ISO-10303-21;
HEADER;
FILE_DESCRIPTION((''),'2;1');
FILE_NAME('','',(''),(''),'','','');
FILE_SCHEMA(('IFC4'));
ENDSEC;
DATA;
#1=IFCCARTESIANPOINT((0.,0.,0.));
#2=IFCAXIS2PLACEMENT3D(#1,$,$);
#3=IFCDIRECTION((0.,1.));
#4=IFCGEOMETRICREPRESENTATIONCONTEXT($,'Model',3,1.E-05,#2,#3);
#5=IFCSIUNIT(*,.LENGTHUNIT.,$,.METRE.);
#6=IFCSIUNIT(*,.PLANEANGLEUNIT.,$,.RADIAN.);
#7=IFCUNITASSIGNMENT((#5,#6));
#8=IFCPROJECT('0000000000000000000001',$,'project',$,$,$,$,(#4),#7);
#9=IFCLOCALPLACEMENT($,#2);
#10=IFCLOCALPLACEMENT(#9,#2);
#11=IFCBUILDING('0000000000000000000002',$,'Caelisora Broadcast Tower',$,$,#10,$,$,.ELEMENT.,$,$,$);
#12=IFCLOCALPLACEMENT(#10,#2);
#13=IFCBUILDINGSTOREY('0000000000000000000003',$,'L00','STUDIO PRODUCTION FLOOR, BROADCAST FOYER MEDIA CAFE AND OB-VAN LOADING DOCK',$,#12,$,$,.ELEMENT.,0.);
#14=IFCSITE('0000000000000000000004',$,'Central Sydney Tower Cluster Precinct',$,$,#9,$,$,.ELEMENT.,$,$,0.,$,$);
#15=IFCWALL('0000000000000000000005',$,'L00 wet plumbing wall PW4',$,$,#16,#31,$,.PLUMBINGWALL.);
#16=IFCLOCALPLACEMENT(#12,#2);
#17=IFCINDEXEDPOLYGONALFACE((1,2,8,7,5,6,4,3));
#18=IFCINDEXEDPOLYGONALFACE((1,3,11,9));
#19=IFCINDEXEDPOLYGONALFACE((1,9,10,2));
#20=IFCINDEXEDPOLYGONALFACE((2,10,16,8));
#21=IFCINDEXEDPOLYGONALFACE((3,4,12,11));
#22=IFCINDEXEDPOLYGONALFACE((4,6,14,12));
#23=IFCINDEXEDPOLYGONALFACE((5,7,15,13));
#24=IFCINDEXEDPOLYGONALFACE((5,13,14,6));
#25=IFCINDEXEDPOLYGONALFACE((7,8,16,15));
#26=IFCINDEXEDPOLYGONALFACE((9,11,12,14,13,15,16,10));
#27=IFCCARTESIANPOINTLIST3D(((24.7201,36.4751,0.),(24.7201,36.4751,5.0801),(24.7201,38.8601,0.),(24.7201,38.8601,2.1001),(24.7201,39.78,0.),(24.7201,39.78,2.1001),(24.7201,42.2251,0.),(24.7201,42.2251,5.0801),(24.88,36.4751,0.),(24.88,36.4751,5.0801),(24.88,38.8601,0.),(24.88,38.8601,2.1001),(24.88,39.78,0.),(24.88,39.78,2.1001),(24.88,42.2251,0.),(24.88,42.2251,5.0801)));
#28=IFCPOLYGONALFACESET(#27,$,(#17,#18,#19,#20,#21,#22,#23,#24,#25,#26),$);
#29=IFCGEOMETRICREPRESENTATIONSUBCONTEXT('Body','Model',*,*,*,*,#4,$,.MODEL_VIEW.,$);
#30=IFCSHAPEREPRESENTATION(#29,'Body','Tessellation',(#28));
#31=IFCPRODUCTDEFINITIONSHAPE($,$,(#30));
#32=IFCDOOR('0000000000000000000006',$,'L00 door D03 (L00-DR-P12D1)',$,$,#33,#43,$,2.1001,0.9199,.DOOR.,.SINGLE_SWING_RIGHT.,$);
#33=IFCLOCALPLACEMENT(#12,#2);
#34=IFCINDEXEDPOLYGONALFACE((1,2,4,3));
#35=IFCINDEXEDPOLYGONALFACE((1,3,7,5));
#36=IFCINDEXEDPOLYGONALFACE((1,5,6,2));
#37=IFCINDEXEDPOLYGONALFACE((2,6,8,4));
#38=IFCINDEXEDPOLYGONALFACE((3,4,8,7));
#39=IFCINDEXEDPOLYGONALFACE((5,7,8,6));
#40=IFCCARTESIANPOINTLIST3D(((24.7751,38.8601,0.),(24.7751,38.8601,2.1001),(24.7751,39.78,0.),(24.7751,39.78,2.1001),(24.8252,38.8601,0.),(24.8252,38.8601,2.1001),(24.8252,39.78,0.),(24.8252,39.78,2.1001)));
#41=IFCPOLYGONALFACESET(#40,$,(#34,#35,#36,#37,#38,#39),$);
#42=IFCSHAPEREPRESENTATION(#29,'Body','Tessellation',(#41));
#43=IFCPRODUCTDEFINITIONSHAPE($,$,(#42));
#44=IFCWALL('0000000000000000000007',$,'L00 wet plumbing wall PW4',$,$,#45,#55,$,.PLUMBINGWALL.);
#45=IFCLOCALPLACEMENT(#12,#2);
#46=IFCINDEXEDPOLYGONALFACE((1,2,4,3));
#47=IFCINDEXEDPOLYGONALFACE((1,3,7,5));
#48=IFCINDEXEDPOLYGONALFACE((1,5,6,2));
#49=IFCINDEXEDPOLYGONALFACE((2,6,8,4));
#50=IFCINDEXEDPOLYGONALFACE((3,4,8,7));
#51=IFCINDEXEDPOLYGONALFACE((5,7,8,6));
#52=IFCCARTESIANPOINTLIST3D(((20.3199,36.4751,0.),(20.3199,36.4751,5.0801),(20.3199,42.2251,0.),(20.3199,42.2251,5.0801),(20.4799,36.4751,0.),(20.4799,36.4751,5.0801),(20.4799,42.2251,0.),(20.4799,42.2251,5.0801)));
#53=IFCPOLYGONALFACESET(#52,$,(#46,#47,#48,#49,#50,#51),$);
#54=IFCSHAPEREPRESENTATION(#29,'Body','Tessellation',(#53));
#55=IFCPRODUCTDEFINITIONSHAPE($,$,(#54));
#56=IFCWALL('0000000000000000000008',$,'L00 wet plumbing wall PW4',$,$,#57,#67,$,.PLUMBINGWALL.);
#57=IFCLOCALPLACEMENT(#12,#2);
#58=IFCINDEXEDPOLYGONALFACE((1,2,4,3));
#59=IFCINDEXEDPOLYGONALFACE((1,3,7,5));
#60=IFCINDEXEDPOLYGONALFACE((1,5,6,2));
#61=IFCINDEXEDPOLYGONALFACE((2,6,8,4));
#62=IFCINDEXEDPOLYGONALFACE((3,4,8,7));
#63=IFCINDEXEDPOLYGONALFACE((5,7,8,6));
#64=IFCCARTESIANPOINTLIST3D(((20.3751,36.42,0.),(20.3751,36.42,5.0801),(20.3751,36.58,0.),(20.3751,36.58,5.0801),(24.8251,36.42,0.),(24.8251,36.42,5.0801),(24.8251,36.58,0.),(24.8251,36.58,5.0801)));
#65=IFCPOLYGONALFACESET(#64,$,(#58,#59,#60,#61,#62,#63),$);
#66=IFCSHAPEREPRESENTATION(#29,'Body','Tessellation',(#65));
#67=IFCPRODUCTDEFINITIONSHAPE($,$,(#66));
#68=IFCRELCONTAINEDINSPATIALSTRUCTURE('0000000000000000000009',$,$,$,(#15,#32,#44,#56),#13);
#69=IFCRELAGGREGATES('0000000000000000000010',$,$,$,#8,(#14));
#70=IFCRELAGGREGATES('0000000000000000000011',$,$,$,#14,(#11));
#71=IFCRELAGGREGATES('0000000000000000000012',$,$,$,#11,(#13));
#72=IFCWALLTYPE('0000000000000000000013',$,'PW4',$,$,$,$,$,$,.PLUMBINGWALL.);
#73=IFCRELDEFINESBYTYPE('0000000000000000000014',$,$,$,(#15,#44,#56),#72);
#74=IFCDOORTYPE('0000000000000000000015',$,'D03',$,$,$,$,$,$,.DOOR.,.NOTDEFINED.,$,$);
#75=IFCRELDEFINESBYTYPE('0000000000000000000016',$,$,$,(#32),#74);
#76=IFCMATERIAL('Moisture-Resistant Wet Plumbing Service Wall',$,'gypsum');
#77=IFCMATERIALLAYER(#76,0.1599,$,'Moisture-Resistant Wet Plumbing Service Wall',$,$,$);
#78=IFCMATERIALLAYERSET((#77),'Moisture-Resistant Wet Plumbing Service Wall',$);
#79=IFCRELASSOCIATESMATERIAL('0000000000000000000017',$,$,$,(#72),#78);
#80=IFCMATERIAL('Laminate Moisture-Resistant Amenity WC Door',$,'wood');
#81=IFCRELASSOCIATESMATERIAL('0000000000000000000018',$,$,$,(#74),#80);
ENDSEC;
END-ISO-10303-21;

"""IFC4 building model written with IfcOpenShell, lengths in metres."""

from ifc_helpers import new_model, si_unit, direction, frame, frame_2d, origin, place, context, subcontext, project, spatial, rectangle, extrude, material, layer, layer_set, type_object, element, fill, save


model = new_model("IFC4")

# Units and contexts
model_context = context("Model", 3, precision=1e-05, world=origin(), true_north=direction((0.0, 1.0)))
body_context = subcontext(model_context, "Body", "Model", "MODEL_VIEW")
ifc_project = project(units=[si_unit("LENGTHUNIT", "METRE"), si_unit("PLANEANGLEUNIT", "RADIAN")], contexts=[model_context])

# Site, building, storey
site_placement = place(None, origin())
site = spatial("IfcSite", under=ifc_project, at=site_placement, Name="Central Sydney Tower Cluster Precinct", CompositionType="ELEMENT", RefElevation=0.0)
building_placement = place(site_placement, origin())
building = spatial("IfcBuilding", under=site, at=building_placement, Name="Caelisora Broadcast Tower", CompositionType="ELEMENT")
storey_placement = place(building_placement, origin())
storey = spatial("IfcBuildingStorey", under=building, at=storey_placement, Name="L00", Description="STUDIO PRODUCTION FLOOR, BROADCAST FOYER MEDIA CAFE AND OB-VAN LOADING DOCK", CompositionType="ELEMENT", Elevation=0.0)

# Wall, opening, door
ifc_material_1 = material(Name="Moisture-Resistant Wet Plumbing Service Wall", Category="gypsum")
ifc_layer_1 = layer(ifc_material_1, 0.1599, Name="Moisture-Resistant Wet Plumbing Service Wall")
ifc_layer_set_1 = layer_set([ifc_layer_1], Name="Moisture-Resistant Wet Plumbing Service Wall")
wall_type_1 = type_object("IfcWallType", Name="PW4", PredefinedType="PLUMBINGWALL", material=ifc_layer_set_1)
wall_1_placement = place(storey_placement, frame((24.8, 36.4751, 0.0), z_axis=(0.0, 0.0, 1.0), x_axis=(0.0, 1.0, 0.0)))
wall_1 = element("IfcWall", 1, at=wall_1_placement, inside=storey, type_object=wall_type_1, Name="L00 wet plumbing wall PW4", PredefinedType="PLUMBINGWALL", context=body_context, shape_type="SweptSolid", body=[
    extrude(rectangle(XDim=5.75, YDim=0.1599, at=frame_2d((2.875, 0.0))), origin(), (0.0, 0.0, 1.0), 5.0801),
])
opening_1_placement = place(wall_1_placement, frame((2.385, 0.0, 0.0)))
opening_1 = element("IfcOpeningElement", 2, at=opening_1_placement, cuts=wall_1, PredefinedType="OPENING", context=body_context, shape_type="SweptSolid", body=[
    extrude(rectangle(XDim=0.9199, YDim=2.1001, at=frame_2d((0.46, 1.05))), frame((0.0, 0.092, 0.0), z_axis=(0.0, -1.0, 0.0), x_axis=(1.0, 0.0, 0.0)), (0.0, 0.0, 1.0), 0.1838),
])
ifc_material_2 = material(Name="Laminate Moisture-Resistant Amenity WC Door", Category="wood")
door_type_1 = type_object("IfcDoorType", Name="D03", OperationType="NOTDEFINED", PredefinedType="DOOR", material=ifc_material_2)
door_1_placement = place(opening_1_placement, origin())
door_1 = element("IfcDoor", 3, at=door_1_placement, inside=storey, type_object=door_type_1, Name="L00 door D03 (L00-DR-P12D1)", OperationType="SINGLE_SWING_RIGHT", OverallHeight=2.1001, OverallWidth=0.9199, PredefinedType="DOOR", context=body_context, shape_type="SweptSolid", body=[
    extrude(rectangle(XDim=0.9199, YDim=2.1001, at=frame_2d((0.46, 1.05))), frame((0.0, 0.0249, 0.0), z_axis=(0.0, -1.0, 0.0), x_axis=(1.0, 0.0, 0.0)), (0.0, 0.0, 1.0), 0.05),
])
fill(opening_1, door_1)

# Walls
wall_2_placement = place(storey_placement, frame((20.3999, 36.4751, 0.0), z_axis=(0.0, 0.0, 1.0), x_axis=(0.0, 1.0, 0.0)))
element("IfcWall", 4, at=wall_2_placement, inside=storey, type_object=wall_type_1, Name="L00 wet plumbing wall PW4", PredefinedType="PLUMBINGWALL", context=body_context, shape_type="SweptSolid", body=[
    extrude(rectangle(XDim=5.75, YDim=0.1599, at=frame_2d((2.875, 0.0))), origin(), (0.0, 0.0, 1.0), 5.0801),
])
wall_3_placement = place(storey_placement, frame((20.375, 36.5, 0.0), z_axis=(0.0, 0.0, 1.0), x_axis=(1.0, 0.0, 0.0)))
element("IfcWall", 5, at=wall_3_placement, inside=storey, type_object=wall_type_1, Name="L00 wet plumbing wall PW4", PredefinedType="PLUMBINGWALL", context=body_context, shape_type="SweptSolid", body=[
    extrude(rectangle(XDim=4.45, YDim=0.1599, at=frame_2d((2.2251, 0.0))), origin(), (0.0, 0.0, 1.0), 5.0801),
])

save(model, "model.ifc")
